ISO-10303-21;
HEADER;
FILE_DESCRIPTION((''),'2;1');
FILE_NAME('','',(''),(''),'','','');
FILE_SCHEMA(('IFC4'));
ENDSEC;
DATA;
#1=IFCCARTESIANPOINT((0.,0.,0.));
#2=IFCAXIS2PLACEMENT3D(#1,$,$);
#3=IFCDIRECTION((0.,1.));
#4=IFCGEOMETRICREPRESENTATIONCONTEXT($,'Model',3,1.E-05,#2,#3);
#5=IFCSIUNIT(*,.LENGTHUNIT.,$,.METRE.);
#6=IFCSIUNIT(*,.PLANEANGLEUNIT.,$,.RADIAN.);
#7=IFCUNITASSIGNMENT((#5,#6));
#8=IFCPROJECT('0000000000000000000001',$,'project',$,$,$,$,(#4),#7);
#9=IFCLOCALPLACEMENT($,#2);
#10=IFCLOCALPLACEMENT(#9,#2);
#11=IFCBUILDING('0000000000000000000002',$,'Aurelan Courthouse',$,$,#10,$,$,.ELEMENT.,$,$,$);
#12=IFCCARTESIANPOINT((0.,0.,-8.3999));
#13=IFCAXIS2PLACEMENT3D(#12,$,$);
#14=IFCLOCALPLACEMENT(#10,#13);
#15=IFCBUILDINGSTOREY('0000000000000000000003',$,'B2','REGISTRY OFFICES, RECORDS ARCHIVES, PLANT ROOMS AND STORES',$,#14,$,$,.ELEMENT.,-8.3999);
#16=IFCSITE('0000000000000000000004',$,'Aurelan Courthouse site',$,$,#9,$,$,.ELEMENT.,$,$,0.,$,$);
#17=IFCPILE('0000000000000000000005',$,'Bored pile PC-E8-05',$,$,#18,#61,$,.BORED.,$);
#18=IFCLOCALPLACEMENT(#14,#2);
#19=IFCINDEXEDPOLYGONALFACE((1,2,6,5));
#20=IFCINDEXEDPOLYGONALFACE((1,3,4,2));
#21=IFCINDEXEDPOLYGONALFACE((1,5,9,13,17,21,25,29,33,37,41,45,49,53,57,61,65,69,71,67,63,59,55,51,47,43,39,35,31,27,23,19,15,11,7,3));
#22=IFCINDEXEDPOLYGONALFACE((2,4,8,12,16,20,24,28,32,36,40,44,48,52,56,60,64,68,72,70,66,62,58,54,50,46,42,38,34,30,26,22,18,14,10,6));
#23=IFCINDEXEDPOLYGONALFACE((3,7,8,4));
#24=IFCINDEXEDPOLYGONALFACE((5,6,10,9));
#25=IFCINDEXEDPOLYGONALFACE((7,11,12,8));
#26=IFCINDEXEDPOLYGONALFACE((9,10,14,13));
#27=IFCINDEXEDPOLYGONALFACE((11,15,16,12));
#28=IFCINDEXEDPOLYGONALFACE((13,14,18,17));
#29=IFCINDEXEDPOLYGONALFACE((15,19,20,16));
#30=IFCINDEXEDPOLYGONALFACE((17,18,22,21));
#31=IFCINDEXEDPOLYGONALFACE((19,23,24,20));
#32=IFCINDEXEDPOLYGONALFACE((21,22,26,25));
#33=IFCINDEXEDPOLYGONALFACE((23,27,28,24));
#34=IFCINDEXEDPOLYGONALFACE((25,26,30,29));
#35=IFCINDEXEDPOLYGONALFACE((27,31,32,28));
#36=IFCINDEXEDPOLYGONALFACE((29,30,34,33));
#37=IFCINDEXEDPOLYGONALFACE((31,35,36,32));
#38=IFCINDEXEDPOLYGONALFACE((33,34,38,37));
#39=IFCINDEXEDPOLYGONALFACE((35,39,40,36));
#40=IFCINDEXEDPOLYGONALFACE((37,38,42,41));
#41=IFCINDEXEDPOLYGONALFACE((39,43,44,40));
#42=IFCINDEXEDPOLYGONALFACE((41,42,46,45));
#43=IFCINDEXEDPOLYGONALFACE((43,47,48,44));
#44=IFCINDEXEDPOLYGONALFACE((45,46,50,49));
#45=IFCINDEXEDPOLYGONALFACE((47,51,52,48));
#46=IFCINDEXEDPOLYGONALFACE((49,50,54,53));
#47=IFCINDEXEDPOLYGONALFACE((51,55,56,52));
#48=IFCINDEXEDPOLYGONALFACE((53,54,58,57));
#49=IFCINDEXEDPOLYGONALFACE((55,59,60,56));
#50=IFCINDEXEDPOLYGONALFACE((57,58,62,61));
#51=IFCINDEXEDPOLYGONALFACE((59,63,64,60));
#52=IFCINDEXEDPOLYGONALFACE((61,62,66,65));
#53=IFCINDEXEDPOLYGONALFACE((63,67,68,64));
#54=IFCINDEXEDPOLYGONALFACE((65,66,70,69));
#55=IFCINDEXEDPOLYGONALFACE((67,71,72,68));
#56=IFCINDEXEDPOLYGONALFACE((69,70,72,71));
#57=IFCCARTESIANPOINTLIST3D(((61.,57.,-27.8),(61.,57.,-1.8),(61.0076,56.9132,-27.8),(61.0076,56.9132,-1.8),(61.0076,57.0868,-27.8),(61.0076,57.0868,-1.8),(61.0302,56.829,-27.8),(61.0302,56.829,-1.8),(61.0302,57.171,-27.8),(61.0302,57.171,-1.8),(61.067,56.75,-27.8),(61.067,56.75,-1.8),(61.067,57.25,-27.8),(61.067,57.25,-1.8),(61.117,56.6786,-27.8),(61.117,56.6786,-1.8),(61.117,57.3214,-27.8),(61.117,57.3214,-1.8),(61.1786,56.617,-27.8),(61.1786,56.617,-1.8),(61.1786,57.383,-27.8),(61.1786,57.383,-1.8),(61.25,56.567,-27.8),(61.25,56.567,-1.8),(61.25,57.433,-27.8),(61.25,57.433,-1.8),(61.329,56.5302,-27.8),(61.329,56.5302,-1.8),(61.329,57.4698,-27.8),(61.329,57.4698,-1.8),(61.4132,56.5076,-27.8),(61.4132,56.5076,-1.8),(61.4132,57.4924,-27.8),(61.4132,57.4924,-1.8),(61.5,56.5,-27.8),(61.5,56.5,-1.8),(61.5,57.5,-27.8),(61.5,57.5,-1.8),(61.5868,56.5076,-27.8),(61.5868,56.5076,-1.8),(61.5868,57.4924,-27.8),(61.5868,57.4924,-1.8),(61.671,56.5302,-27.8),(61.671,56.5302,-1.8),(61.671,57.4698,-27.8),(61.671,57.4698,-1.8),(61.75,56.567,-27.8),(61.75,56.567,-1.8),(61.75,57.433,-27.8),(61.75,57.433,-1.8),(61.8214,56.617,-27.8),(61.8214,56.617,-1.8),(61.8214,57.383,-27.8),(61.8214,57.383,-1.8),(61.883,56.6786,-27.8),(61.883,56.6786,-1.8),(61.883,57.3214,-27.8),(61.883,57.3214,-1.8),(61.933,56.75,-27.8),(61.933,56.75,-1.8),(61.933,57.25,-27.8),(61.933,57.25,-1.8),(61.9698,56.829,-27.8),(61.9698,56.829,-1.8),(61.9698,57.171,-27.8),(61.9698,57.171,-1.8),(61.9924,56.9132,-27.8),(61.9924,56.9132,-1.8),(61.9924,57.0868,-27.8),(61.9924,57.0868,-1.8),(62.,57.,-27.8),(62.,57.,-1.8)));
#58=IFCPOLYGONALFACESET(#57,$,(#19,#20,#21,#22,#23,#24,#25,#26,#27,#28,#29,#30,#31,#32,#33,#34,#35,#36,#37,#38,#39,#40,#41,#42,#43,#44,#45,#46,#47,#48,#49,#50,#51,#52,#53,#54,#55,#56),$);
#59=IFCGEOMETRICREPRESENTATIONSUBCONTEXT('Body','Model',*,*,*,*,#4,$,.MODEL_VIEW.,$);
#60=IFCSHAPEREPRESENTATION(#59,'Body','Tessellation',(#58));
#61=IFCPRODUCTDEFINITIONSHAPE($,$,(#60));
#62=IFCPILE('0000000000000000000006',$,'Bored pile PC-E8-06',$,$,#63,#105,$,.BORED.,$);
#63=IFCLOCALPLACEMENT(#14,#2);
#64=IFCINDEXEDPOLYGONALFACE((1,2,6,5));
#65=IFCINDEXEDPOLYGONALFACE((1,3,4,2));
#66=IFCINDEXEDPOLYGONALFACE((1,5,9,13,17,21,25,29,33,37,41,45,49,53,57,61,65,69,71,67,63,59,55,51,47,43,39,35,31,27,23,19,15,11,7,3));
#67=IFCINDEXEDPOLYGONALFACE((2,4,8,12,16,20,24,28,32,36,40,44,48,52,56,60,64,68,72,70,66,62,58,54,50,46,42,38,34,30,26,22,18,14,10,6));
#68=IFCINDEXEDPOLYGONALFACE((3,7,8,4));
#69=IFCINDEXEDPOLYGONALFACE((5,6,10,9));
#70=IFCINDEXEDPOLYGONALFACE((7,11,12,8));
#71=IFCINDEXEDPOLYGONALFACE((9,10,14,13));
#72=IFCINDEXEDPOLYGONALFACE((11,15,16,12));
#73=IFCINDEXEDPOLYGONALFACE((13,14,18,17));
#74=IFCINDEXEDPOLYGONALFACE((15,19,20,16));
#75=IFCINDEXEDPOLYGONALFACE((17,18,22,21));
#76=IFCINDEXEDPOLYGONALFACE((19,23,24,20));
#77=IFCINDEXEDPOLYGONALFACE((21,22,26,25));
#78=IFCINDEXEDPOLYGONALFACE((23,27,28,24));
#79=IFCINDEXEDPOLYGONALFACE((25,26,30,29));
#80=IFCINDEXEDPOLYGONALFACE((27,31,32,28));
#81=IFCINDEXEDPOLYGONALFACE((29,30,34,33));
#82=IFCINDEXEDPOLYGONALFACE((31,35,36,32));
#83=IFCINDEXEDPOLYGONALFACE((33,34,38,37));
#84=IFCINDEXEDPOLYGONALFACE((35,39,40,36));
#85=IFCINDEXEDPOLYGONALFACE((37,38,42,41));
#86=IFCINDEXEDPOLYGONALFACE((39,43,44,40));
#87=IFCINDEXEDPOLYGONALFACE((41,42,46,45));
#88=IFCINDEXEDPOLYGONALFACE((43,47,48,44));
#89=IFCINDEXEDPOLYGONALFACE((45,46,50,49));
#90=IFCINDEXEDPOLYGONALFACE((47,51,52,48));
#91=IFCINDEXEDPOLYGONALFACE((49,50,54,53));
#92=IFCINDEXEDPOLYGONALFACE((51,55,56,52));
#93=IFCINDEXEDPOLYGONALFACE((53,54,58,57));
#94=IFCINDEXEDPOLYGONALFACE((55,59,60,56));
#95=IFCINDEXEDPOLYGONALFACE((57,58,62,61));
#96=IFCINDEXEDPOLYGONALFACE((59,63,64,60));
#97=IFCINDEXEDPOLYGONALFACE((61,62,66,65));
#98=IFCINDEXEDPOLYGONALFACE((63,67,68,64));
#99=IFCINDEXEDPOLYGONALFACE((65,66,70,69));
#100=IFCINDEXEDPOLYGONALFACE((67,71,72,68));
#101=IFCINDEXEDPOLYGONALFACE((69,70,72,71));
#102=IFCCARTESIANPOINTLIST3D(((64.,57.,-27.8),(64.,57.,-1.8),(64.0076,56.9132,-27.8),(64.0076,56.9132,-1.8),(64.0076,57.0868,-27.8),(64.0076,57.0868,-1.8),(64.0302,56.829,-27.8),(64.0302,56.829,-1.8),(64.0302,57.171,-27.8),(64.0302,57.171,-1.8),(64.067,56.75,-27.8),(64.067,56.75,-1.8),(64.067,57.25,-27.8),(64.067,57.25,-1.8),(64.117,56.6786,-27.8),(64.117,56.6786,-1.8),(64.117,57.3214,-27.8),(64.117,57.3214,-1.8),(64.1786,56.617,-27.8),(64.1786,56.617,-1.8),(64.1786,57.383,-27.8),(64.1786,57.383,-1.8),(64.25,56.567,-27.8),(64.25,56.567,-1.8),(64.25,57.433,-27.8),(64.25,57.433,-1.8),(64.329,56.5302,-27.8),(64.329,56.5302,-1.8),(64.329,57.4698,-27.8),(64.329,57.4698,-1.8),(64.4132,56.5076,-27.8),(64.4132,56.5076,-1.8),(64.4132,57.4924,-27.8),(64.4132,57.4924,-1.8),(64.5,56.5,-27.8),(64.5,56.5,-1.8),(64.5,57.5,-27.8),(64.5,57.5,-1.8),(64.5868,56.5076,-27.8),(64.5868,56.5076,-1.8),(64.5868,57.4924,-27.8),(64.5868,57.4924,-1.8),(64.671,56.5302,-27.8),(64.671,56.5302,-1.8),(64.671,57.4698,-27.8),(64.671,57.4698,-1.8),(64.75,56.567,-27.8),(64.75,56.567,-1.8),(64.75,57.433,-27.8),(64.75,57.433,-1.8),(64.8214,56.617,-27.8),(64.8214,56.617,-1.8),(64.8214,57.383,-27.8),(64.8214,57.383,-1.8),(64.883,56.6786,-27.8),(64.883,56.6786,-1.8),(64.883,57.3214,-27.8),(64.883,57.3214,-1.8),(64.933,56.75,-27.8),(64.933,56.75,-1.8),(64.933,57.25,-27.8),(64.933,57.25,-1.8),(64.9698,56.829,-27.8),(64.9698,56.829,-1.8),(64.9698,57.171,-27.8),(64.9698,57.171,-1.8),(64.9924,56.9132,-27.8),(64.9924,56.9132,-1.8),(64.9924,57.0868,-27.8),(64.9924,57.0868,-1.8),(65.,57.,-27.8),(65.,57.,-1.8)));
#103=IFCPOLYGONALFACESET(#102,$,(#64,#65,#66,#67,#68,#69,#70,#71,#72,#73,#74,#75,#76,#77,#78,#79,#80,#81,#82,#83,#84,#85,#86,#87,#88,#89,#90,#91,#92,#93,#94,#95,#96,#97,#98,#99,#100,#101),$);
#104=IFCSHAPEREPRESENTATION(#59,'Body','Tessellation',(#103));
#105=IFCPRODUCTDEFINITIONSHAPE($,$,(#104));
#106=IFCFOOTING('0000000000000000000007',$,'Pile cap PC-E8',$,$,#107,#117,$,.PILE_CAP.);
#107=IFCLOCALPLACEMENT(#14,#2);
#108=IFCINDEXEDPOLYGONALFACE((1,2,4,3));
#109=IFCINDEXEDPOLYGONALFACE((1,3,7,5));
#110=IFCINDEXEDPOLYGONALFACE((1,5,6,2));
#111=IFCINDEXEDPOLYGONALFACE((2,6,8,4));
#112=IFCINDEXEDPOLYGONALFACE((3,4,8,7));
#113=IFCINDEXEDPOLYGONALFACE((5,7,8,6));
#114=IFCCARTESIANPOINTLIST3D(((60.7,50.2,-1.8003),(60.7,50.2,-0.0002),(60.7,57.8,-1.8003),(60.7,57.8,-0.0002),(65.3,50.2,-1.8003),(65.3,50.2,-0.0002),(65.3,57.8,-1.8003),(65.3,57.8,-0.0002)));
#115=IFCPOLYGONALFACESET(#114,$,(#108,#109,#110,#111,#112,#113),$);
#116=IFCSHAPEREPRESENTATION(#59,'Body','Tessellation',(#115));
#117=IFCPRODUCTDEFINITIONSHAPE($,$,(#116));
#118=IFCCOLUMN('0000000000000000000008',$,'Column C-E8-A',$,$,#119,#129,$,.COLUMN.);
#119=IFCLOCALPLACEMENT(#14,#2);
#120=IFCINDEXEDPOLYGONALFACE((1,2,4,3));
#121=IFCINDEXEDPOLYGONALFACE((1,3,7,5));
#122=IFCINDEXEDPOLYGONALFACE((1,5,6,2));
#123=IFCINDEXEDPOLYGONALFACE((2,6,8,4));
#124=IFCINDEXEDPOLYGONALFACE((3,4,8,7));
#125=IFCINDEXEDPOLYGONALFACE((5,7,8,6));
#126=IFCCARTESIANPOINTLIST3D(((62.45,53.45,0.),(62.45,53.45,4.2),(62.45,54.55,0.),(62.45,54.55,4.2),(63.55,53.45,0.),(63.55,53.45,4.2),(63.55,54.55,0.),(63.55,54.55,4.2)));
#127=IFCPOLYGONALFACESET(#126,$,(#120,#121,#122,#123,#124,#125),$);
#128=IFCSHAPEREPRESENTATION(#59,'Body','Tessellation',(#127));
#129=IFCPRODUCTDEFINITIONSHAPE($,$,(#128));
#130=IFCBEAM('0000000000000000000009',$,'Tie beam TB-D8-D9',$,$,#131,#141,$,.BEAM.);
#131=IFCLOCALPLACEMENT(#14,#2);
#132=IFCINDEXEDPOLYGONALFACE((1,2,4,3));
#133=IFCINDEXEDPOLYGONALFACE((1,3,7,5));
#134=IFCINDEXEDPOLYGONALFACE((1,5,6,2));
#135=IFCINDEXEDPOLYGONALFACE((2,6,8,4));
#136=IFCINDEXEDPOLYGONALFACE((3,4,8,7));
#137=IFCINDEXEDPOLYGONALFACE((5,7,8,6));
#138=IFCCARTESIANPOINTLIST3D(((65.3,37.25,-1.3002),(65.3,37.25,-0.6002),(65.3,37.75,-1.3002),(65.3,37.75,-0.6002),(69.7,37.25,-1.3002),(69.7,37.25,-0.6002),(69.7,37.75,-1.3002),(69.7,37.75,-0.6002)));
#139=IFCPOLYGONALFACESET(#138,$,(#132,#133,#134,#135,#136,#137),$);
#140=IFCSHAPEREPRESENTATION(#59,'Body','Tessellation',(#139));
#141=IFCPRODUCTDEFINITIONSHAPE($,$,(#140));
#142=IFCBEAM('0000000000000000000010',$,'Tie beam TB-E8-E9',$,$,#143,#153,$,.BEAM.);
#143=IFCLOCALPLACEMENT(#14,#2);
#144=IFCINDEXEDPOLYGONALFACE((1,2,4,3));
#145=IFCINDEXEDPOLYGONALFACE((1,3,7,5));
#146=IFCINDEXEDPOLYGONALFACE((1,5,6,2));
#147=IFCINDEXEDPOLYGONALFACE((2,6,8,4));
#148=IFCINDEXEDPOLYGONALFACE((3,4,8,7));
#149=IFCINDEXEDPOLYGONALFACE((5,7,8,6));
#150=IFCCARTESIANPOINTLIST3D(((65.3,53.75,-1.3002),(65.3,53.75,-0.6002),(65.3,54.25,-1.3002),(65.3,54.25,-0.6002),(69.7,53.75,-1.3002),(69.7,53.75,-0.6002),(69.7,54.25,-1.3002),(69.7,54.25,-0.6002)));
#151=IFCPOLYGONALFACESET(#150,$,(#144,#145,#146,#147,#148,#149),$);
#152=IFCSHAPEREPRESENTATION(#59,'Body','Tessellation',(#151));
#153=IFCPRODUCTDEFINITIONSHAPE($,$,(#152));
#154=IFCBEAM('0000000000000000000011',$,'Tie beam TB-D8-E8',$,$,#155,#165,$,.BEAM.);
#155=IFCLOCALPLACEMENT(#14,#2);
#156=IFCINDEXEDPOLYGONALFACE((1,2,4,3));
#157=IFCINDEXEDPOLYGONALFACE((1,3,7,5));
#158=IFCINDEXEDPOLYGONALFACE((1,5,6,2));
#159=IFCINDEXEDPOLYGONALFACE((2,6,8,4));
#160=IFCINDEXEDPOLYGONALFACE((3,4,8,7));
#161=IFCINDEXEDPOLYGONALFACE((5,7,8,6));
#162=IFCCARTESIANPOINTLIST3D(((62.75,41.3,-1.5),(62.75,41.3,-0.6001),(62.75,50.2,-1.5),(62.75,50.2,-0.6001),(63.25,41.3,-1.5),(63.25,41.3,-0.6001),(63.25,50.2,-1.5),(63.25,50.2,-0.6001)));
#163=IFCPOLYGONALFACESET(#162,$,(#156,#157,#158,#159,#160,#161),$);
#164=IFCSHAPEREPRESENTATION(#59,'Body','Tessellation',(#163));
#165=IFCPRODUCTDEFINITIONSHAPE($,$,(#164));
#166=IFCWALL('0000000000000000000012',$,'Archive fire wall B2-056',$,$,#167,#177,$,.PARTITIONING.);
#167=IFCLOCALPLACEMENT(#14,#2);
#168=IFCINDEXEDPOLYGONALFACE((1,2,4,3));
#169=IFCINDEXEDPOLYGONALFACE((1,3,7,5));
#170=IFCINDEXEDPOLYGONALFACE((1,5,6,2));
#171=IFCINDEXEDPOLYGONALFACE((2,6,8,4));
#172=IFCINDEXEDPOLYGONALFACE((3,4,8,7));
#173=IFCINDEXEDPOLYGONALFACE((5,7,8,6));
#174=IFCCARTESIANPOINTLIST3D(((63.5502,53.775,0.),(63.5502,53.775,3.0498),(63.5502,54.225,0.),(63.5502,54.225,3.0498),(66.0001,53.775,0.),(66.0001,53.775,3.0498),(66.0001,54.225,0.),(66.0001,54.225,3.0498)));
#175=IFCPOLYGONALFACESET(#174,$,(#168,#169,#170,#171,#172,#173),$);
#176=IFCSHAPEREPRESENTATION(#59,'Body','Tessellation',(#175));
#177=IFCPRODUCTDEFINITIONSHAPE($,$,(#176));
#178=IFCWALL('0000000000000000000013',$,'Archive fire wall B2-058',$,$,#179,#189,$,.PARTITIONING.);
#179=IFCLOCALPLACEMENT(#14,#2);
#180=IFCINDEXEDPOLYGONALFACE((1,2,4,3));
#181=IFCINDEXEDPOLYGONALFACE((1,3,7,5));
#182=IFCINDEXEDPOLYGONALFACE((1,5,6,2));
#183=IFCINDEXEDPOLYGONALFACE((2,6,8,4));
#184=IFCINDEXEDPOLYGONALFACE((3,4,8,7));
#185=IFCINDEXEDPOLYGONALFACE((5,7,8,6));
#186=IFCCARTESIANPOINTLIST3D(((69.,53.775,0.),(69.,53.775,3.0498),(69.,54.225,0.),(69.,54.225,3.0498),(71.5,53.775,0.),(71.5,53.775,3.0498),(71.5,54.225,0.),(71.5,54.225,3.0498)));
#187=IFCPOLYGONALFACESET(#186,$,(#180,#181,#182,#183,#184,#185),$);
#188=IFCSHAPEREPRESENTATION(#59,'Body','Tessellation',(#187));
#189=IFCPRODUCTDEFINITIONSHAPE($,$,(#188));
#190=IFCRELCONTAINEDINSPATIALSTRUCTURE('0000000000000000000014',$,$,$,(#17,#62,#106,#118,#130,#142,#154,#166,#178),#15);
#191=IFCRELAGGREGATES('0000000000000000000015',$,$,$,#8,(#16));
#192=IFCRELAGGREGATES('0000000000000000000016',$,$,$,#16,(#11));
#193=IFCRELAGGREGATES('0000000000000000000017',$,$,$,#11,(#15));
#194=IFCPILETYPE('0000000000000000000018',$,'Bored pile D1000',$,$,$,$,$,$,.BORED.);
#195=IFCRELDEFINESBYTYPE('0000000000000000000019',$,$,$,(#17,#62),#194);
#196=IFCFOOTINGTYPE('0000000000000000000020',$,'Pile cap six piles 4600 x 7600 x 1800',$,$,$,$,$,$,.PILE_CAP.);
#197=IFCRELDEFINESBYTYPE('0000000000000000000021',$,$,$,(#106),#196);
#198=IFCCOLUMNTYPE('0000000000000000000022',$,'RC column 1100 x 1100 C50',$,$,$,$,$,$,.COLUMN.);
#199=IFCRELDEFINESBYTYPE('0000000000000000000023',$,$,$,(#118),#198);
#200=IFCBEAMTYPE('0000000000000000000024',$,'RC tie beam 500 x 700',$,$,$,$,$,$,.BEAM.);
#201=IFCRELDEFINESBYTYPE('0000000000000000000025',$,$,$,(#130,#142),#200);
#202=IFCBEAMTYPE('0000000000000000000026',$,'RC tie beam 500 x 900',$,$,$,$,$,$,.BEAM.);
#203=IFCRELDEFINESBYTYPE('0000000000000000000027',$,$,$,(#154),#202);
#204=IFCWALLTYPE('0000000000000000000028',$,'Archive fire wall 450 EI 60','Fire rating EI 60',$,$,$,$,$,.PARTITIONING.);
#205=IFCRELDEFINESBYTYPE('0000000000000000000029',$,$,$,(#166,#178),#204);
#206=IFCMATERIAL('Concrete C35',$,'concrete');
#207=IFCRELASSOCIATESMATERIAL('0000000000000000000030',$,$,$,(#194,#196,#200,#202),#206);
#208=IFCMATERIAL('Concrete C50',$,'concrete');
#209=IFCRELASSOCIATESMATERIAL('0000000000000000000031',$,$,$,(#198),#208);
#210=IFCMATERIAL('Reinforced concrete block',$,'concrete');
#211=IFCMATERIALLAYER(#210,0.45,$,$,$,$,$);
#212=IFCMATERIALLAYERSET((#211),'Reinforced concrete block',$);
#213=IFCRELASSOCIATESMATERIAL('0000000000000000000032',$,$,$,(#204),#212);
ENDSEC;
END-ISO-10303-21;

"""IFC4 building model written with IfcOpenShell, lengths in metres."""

from ifc_helpers import new_model, si_unit, direction, frame, frame_2d, origin, origin_2d, place, context, subcontext, project, spatial, rectangle, circle, extrude, material, layer, layer_set, material_profile, profile_set, type_object, element, save


model = new_model("IFC4")

# Units and contexts
model_context = context("Model", 3, precision=1e-05, world=origin(), true_north=direction((0.0, 1.0)))
body_context = subcontext(model_context, "Body", "Model", "MODEL_VIEW")
ifc_project = project(units=[si_unit("LENGTHUNIT", "METRE"), si_unit("PLANEANGLEUNIT", "RADIAN")], contexts=[model_context])

# Site, building, storey
site_placement = place(None, origin())
site = spatial("IfcSite", under=ifc_project, at=site_placement, Name="Aurelan Courthouse site", CompositionType="ELEMENT", RefElevation=0.0)
building_placement = place(site_placement, origin())
building = spatial("IfcBuilding", under=site, at=building_placement, Name="Aurelan Courthouse", CompositionType="ELEMENT")
storey_placement = place(building_placement, frame((0.0, 0.0, -8.3999)))
storey = spatial("IfcBuildingStorey", under=building, at=storey_placement, Name="B2", Description="REGISTRY OFFICES, RECORDS ARCHIVES, PLANT ROOMS AND STORES", CompositionType="ELEMENT", Elevation=-8.3999)

# Piles
ifc_material_1 = material(Name="Concrete C35", Category="concrete")
ifc_material_profile_1 = material_profile(ifc_material_1, circle(Radius=0.5, at=origin_2d()), Name="D1000")
ifc_profile_set_1 = profile_set([ifc_material_profile_1], Name="Concrete C35")
pile_type = type_object("IfcPileType", Name="Bored pile D1000", PredefinedType="BORED", material=ifc_profile_set_1)
for number, where, z_axis, x_axis, name in (
    (1, (61.5, 57.0, -1.8), (0.0, 0.0, -1.0), (1.0, 0.0, 0.0), "Bored pile PC-E8-05"),
    (2, (64.5, 57.0, -1.8), (0.0, 0.0, -1.0), (1.0, 0.0, 0.0), "Bored pile PC-E8-06"),
):
    element("IfcPile", number, at=place(storey_placement, frame(where, z_axis=z_axis, x_axis=x_axis)), inside=storey, type_object=pile_type, Name=name, PredefinedType="BORED", context=body_context, shape_type="SweptSolid", body=[
        extrude(circle(Radius=0.5, at=origin_2d()), origin(), (0.0, 0.0, 1.0), 26.0),
    ])

# Footing
footing_type = type_object("IfcFootingType", Name="Pile cap six piles 4600 x 7600 x 1800", PredefinedType="PILE_CAP", material=ifc_material_1)
footing_placement = place(storey_placement, frame((63.0, 54.0, -1.8003), z_axis=(0.0, 0.0, 1.0), x_axis=(1.0, 0.0, 0.0)))
element("IfcFooting", 3, at=footing_placement, inside=storey, type_object=footing_type, Name="Pile cap PC-E8", PredefinedType="PILE_CAP", context=body_context, shape_type="SweptSolid", body=[
    extrude(rectangle(XDim=4.6001, YDim=7.6001, at=origin_2d()), origin(), (0.0, 0.0, 1.0), 1.8),
])

# Column
ifc_material_2 = material(Name="Concrete C50", Category="concrete")
ifc_material_profile_2 = material_profile(ifc_material_2, rectangle(XDim=1.1001, YDim=1.1001, at=origin_2d()), Name="RC 1100 x 1100")
ifc_profile_set_2 = profile_set([ifc_material_profile_2], Name="Concrete C50")
column_type = type_object("IfcColumnType", Name="RC column 1100 x 1100 C50", PredefinedType="COLUMN", material=ifc_profile_set_2)
column_placement = place(storey_placement, frame((63.0, 54.0, 0.0), z_axis=(0.0, 0.0, 1.0), x_axis=(1.0, 0.0, 0.0)))
element("IfcColumn", 4, at=column_placement, inside=storey, type_object=column_type, Name="Column C-E8-A", PredefinedType="COLUMN", context=body_context, shape_type="SweptSolid", body=[
    extrude(rectangle(XDim=1.1001, YDim=1.1001, at=origin_2d()), origin(), (0.0, 0.0, 1.0), 4.2),
])

# Beams
ifc_material_profile_3 = material_profile(ifc_material_1, rectangle(XDim=0.5, YDim=0.7, at=origin_2d()), Name="RC 500 x 700")
ifc_profile_set_3 = profile_set([ifc_material_profile_3], Name="Concrete C35")
beam_type_1 = type_object("IfcBeamType", Name="RC tie beam 500 x 700", PredefinedType="BEAM", material=ifc_profile_set_3)
for number, where, z_axis, x_axis, name in (
    (5, (65.3, 37.5, -0.9502), (1.0, 0.0, 0.0), (0.0, 1.0, 0.0), "Tie beam TB-D8-D9"),
    (6, (65.3, 54.0, -0.9502), (1.0, 0.0, 0.0), (0.0, 1.0, 0.0), "Tie beam TB-E8-E9"),
):
    element("IfcBeam", number, at=place(storey_placement, frame(where, z_axis=z_axis, x_axis=x_axis)), inside=storey, type_object=beam_type_1, Name=name, PredefinedType="BEAM", context=body_context, shape_type="SweptSolid", body=[
        extrude(rectangle(XDim=0.5, YDim=0.7, at=origin_2d()), origin(), (0.0, 0.0, 1.0), 4.3999),
    ])
ifc_material_profile_4 = material_profile(ifc_material_1, rectangle(XDim=0.5, YDim=0.8999, at=origin_2d()), Name="RC 500 x 900")
ifc_profile_set_4 = profile_set([ifc_material_profile_4], Name="Concrete C35")
beam_type_2 = type_object("IfcBeamType", Name="RC tie beam 500 x 900", PredefinedType="BEAM", material=ifc_profile_set_4)
beam_placement = place(storey_placement, frame((63.0, 41.3, -1.05), z_axis=(0.0, 1.0, 0.0), x_axis=(-1.0, 0.0, 0.0)))
element("IfcBeam", 7, at=beam_placement, inside=storey, type_object=beam_type_2, Name="Tie beam TB-D8-E8", PredefinedType="BEAM", context=body_context, shape_type="SweptSolid", body=[
    extrude(rectangle(XDim=0.5, YDim=0.8999, at=origin_2d()), origin(), (0.0, 0.0, 1.0), 8.8999),
])

# Walls
ifc_material_3 = material(Name="Reinforced concrete block", Category="concrete")
ifc_layer_1 = layer(ifc_material_3, 0.45)
ifc_layer_set_1 = layer_set([ifc_layer_1], Name="Reinforced concrete block")
wall_type_1 = type_object("IfcWallType", Name="Archive fire wall 450 EI 60", Description="Fire rating EI 60", PredefinedType="PARTITIONING", material=ifc_layer_set_1)
wall_1_placement = place(storey_placement, frame((63.55, 54.0, 0.0), z_axis=(0.0, 0.0, 1.0), x_axis=(1.0, 0.0, 0.0)))
element("IfcWall", 8, at=wall_1_placement, inside=storey, type_object=wall_type_1, Name="Archive fire wall B2-056", PredefinedType="PARTITIONING", context=body_context, shape_type="SweptSolid", body=[
    extrude(rectangle(XDim=2.45, YDim=0.45, at=frame_2d((1.2251, 0.0))), origin(), (0.0, 0.0, 1.0), 3.0498),
])
wall_2_placement = place(storey_placement, frame((69.0, 54.0, 0.0), z_axis=(0.0, 0.0, 1.0), x_axis=(1.0, 0.0, 0.0)))
element("IfcWall", 9, at=wall_2_placement, inside=storey, type_object=wall_type_1, Name="Archive fire wall B2-058", PredefinedType="PARTITIONING", context=body_context, shape_type="SweptSolid", body=[
    extrude(rectangle(XDim=2.5, YDim=0.45, at=frame_2d((1.25, 0.0))), origin(), (0.0, 0.0, 1.0), 3.0498),
])

save(model, "model.ifc")
